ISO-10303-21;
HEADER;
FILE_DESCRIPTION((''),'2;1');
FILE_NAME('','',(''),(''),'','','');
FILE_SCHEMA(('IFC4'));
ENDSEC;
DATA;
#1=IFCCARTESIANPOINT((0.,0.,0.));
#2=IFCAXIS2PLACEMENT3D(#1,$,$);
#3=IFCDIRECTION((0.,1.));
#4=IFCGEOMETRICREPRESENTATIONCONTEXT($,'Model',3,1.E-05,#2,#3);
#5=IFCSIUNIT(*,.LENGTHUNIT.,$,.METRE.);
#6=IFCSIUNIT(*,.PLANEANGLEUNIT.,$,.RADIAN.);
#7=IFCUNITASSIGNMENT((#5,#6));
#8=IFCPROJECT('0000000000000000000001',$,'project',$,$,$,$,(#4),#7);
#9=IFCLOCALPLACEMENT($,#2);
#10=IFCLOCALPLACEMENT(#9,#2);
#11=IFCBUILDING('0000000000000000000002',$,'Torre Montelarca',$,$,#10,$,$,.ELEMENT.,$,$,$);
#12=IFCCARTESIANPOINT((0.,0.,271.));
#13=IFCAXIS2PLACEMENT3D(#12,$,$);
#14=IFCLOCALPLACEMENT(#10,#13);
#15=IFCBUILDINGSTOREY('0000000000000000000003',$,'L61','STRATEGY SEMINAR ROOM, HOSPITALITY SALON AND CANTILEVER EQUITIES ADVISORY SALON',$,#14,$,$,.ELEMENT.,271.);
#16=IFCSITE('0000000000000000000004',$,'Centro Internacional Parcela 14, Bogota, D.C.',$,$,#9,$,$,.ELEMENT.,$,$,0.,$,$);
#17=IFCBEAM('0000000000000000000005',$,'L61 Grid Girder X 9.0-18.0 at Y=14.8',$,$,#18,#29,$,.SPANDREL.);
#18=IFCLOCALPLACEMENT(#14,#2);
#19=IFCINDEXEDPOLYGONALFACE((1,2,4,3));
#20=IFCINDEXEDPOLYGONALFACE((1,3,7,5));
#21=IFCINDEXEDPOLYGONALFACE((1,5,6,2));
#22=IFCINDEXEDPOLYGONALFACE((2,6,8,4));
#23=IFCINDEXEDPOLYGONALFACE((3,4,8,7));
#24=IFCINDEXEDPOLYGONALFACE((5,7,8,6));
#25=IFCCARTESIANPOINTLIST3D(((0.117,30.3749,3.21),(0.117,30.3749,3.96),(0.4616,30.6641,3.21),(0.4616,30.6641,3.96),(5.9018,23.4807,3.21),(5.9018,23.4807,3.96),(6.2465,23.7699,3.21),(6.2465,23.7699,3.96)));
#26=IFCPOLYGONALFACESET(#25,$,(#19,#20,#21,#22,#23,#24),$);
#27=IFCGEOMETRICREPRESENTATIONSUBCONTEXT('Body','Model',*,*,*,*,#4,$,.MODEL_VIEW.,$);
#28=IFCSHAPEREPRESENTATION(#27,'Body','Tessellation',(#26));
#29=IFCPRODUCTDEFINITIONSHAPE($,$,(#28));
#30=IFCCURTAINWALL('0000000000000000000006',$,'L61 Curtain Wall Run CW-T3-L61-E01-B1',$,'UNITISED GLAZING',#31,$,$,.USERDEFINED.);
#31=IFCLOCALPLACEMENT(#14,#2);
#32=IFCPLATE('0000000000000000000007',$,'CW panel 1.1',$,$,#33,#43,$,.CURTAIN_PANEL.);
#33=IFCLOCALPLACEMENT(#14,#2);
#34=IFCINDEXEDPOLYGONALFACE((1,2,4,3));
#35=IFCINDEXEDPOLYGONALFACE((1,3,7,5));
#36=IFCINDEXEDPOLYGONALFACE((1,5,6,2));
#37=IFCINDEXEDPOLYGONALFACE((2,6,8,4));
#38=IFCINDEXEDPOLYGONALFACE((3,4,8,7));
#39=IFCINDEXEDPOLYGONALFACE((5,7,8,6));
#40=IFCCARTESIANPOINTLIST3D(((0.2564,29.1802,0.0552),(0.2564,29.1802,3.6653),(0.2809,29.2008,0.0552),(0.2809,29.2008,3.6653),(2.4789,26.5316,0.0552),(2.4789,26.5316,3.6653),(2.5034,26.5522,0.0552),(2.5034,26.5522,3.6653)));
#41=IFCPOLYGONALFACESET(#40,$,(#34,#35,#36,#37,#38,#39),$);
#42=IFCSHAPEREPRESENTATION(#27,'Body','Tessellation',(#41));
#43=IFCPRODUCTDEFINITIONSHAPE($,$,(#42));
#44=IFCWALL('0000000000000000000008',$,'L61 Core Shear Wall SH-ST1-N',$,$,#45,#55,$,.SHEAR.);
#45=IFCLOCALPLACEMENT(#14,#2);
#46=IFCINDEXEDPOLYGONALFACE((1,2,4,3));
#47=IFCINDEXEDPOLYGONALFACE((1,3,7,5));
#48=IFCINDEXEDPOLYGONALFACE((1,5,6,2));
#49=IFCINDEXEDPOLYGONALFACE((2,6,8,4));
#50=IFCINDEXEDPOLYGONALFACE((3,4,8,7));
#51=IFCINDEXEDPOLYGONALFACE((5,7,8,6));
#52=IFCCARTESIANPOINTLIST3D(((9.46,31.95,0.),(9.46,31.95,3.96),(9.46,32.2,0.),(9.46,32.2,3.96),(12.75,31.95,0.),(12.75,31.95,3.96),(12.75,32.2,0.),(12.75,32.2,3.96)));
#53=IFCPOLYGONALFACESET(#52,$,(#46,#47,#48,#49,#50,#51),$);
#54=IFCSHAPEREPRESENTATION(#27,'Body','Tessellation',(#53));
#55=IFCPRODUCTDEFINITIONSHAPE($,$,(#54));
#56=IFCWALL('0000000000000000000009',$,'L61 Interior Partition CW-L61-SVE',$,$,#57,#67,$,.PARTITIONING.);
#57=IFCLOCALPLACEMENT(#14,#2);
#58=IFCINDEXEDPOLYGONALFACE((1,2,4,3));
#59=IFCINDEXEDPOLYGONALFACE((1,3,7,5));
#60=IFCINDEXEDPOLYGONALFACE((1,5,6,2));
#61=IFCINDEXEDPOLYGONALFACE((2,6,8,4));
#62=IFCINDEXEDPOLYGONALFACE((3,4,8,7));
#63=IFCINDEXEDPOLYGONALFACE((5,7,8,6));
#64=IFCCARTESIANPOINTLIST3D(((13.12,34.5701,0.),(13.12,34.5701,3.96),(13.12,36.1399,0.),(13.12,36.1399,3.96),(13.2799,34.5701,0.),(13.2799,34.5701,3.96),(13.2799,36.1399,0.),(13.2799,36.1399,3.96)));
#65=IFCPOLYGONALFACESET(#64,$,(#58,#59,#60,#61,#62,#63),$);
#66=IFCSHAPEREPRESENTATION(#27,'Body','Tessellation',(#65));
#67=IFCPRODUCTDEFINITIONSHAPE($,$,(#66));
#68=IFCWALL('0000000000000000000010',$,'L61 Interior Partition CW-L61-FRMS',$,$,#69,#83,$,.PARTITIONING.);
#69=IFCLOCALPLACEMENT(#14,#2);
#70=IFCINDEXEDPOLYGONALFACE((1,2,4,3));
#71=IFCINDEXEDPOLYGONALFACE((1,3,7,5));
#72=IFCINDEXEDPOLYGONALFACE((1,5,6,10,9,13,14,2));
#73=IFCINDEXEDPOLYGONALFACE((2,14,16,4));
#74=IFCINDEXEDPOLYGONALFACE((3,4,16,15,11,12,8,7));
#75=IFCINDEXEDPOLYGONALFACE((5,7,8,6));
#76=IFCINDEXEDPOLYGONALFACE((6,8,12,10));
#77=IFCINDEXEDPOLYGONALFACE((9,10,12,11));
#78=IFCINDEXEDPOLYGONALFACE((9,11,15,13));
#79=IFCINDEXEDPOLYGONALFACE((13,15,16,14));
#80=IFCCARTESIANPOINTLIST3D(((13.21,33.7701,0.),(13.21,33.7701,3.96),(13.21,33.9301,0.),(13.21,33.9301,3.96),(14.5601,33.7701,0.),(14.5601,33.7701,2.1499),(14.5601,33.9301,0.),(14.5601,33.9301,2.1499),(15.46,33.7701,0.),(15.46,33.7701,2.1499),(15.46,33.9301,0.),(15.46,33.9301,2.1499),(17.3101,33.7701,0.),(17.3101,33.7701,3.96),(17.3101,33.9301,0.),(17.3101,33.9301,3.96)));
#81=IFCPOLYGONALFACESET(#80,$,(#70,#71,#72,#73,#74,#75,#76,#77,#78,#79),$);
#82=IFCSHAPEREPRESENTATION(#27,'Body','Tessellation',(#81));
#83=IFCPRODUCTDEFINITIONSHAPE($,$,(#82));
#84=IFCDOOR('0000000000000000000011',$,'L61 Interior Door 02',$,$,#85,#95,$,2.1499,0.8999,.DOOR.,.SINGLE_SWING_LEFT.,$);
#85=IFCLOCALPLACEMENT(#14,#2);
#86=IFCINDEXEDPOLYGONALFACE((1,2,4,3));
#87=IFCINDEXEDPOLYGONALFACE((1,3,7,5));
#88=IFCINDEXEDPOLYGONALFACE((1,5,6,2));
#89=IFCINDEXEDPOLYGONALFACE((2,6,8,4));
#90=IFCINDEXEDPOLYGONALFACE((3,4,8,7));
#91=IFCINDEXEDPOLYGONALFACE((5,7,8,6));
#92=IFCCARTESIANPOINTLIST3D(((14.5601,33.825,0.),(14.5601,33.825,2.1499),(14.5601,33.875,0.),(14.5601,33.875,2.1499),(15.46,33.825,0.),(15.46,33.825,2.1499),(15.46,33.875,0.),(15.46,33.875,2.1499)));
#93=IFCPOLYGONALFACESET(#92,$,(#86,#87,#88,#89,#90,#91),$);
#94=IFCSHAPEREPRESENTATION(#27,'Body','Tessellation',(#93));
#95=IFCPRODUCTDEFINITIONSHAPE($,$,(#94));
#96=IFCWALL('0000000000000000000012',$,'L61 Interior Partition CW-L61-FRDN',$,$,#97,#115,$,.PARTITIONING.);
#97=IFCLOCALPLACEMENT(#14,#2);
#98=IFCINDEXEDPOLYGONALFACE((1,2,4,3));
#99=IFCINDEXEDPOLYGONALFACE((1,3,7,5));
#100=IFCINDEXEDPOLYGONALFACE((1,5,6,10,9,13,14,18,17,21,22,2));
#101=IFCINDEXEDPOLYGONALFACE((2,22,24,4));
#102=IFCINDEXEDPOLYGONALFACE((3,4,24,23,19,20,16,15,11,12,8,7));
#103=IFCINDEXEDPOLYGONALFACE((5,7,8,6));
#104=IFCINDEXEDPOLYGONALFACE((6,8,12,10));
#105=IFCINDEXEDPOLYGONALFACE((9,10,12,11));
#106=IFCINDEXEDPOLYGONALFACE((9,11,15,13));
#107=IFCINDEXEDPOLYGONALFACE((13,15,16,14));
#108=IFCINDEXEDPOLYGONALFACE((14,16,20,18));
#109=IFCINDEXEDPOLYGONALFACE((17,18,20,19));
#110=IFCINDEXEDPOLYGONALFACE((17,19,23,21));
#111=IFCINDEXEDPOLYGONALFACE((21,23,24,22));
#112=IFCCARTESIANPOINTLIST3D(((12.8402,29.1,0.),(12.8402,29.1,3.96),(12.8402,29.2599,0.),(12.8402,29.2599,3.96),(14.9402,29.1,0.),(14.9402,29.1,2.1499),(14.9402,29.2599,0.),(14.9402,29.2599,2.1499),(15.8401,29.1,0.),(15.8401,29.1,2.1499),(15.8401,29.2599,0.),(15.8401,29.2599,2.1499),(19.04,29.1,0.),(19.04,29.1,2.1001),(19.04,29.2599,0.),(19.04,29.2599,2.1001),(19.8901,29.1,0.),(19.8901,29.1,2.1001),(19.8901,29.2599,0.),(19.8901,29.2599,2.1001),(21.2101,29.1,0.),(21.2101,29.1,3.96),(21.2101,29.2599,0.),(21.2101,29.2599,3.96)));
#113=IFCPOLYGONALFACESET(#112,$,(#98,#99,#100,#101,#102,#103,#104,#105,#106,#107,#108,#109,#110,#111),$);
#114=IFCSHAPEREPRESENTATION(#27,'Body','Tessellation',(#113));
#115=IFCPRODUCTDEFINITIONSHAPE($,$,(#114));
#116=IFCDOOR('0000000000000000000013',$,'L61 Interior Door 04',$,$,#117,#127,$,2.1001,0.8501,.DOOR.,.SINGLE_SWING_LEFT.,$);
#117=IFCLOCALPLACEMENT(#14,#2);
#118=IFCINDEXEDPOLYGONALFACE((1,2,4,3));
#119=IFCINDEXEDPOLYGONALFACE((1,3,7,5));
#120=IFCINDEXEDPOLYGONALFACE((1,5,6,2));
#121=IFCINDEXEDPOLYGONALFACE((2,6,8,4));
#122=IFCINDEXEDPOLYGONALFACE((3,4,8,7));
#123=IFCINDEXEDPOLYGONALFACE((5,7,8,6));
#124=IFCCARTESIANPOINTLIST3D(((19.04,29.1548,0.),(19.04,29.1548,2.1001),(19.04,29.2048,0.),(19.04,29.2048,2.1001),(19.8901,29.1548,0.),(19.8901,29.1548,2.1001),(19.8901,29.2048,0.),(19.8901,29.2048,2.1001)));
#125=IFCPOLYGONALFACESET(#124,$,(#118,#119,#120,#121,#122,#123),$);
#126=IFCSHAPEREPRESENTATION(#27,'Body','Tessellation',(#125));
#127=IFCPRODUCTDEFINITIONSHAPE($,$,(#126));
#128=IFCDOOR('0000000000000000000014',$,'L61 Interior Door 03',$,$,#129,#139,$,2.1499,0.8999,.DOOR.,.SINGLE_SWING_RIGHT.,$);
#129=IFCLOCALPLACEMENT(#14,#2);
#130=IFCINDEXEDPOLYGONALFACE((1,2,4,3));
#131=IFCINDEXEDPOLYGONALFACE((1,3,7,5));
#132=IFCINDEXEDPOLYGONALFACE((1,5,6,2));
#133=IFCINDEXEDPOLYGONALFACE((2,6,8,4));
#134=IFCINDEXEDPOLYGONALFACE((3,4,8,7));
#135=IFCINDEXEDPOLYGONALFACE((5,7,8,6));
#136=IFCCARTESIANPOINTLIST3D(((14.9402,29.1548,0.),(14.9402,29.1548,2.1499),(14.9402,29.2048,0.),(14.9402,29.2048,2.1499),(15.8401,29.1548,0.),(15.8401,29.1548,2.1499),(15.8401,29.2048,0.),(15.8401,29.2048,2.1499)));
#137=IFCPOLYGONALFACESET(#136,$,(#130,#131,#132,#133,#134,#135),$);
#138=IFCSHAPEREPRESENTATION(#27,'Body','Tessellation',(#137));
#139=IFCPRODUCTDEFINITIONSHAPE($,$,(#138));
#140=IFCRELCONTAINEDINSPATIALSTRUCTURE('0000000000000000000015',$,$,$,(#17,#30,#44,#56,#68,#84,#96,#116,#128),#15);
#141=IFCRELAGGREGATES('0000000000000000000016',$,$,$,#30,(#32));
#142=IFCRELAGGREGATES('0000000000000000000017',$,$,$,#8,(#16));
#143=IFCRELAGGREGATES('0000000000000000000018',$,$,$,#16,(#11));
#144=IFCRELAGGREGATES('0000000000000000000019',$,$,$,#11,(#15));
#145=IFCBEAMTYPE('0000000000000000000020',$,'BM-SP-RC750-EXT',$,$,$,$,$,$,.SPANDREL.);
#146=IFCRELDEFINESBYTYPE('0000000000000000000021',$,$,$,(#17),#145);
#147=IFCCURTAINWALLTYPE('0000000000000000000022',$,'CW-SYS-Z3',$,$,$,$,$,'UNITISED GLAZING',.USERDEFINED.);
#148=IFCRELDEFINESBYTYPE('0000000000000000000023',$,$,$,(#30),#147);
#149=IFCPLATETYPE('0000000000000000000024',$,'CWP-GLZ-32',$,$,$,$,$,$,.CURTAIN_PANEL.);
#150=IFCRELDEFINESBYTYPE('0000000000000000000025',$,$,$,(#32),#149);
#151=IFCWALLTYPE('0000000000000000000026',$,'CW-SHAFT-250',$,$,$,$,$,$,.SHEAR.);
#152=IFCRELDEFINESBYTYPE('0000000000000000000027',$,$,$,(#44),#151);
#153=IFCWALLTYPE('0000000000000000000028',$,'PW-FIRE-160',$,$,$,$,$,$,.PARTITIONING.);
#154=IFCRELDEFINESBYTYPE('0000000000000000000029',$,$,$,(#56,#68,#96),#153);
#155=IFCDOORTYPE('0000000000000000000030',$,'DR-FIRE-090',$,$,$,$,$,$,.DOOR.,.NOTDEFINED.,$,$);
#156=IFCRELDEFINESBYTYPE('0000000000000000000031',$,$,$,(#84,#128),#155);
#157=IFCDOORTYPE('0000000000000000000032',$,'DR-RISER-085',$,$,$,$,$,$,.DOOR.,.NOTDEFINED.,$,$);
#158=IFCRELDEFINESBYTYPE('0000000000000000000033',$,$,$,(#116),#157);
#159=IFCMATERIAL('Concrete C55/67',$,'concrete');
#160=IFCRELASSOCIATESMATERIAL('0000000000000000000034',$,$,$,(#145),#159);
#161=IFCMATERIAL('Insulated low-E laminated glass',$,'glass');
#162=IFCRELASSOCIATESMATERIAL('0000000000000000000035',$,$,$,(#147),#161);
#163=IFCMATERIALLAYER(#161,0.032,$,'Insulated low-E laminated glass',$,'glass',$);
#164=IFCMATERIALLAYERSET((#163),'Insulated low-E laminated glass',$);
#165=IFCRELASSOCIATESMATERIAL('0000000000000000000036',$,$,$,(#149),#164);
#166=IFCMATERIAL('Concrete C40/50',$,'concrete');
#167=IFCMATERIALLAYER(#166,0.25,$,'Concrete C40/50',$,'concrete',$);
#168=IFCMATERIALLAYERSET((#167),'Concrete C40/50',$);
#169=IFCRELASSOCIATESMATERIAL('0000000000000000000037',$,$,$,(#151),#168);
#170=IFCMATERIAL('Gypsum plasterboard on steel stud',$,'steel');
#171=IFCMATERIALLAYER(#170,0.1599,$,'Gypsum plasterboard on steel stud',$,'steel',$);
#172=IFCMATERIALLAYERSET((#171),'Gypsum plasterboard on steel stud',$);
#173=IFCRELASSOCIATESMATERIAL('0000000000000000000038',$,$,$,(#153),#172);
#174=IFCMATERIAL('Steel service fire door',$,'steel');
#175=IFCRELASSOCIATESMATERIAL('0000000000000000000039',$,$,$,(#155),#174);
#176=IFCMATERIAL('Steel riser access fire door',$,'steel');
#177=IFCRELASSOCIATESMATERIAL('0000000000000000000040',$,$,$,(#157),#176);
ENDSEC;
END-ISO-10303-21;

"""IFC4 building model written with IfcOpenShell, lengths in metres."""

from ifc_helpers import new_model, si_unit, direction, frame, frame_2d, origin, origin_2d, place, context, subcontext, project, spatial, rectangle, extrude, source, transform, mapped, material, layer, layer_set, material_profile, profile_set, type_object, element, fill, aggregate, save


model = new_model("IFC4")

# Units and contexts
model_context = context("Model", 3, precision=1e-05, world=origin(), true_north=direction((0.0, 1.0)))
body_context = subcontext(model_context, "Body", "Model", "MODEL_VIEW")
ifc_project = project(units=[si_unit("LENGTHUNIT", "METRE"), si_unit("PLANEANGLEUNIT", "RADIAN")], contexts=[model_context])

# Site, building, storey
site_placement = place(None, origin())
site = spatial("IfcSite", under=ifc_project, at=site_placement, Name="Centro Internacional Parcela 14, Bogota, D.C.", CompositionType="ELEMENT", RefElevation=0.0)
building_placement = place(site_placement, origin())
building = spatial("IfcBuilding", under=site, at=building_placement, Name="Torre Montelarca", CompositionType="ELEMENT")
storey_placement = place(building_placement, frame((0.0, 0.0, 271.0)))
storey = spatial("IfcBuildingStorey", under=building, at=storey_placement, Name="L61", Description="STRATEGY SEMINAR ROOM, HOSPITALITY SALON AND CANTILEVER EQUITIES ADVISORY SALON", CompositionType="ELEMENT", Elevation=271.0)

# Beam
ifc_material_1 = material(Name="Concrete C55/67", Category="concrete")
ifc_material_profile = material_profile(ifc_material_1, rectangle(XDim=0.45, YDim=0.75, at=origin_2d()), Name="RCB450X750", Category="concrete")
ifc_profile_set = profile_set([ifc_material_profile], Name="Concrete C55/67")
beam_type = type_object("IfcBeamType", Name="BM-SP-RC750-EXT", PredefinedType="SPANDREL", material=ifc_profile_set)
shared_shape_1 = source(origin(), body_context, "Body", "SweptSolid", [
    extrude(rectangle(XDim=0.45, YDim=0.75, at=origin_2d()), origin(), (0.0, 0.0, 1.0), 8.9998),
])
beam_placement = place(storey_placement, frame((0.2893, 30.5195, 3.585), z_axis=(0.642782, -0.766049, 0.0), x_axis=(0.766049, 0.642782, 0.0)))
element("IfcBeam", 1, at=beam_placement, inside=storey, type_object=beam_type, Name="L61 Grid Girder X 9.0-18.0 at Y=14.8", PredefinedType="SPANDREL", context=body_context, shape_type="MappedRepresentation", body=[
    mapped(shared_shape_1, transform((0.0, 0.0, 0.0), scale=1.0)),
])

# Curtain wall, plate
ifc_material_2 = material(Name="Insulated low-E laminated glass", Category="glass")
curtain_wall_type = type_object("IfcCurtainWallType", Name="CW-SYS-Z3", ElementType="UNITISED GLAZING", PredefinedType="USERDEFINED", material=ifc_material_2)
curtain_wall_placement = place(storey_placement, origin())
curtain_wall = element("IfcCurtainWall", 2, at=curtain_wall_placement, inside=storey, type_object=curtain_wall_type, Name="L61 Curtain Wall Run CW-T3-L61-E01-B1", ObjectType="UNITISED GLAZING", PredefinedType="USERDEFINED")
ifc_layer_1 = layer(ifc_material_2, 0.032, Name="Insulated low-E laminated glass", Category="glass")
ifc_layer_set_1 = layer_set([ifc_layer_1], Name="Insulated low-E laminated glass")
plate_type = type_object("IfcPlateType", Name="CWP-GLZ-32", PredefinedType="CURTAIN_PANEL", material=ifc_layer_set_1)
shared_shape_2 = source(origin(), body_context, "Body", "SweptSolid", [
    extrude(rectangle(XDim=3.4575, YDim=0.032, at=origin_2d()), origin(), (0.0, 0.0, 1.0), 3.6101),
])
plate_placement = place(storey_placement, frame((1.3799, 27.8662, 0.0552), z_axis=(0.0, 0.0, 1.0), x_axis=(0.642791, -0.766041, 0.0)))
plate = element("IfcPlate", 3, at=plate_placement, type_object=plate_type, Name="CW panel 1.1", PredefinedType="CURTAIN_PANEL", context=body_context, shape_type="MappedRepresentation", body=[
    mapped(shared_shape_2, transform((0.0, 0.0, 0.0), scale=1.0)),
])
aggregate(curtain_wall, [plate])

# Wall
ifc_material_3 = material(Name="Concrete C40/50", Category="concrete")
ifc_layer_2 = layer(ifc_material_3, 0.25, Name="Concrete C40/50", Category="concrete")
ifc_layer_set_2 = layer_set([ifc_layer_2], Name="Concrete C40/50")
wall_type_1 = type_object("IfcWallType", Name="CW-SHAFT-250", PredefinedType="SHEAR", material=ifc_layer_set_2)
wall_1_placement = place(storey_placement, frame((9.46, 32.075, 0.0), z_axis=(0.0, 0.0, 1.0), x_axis=(1.0, 0.0, 0.0)))
element("IfcWall", 4, at=wall_1_placement, inside=storey, type_object=wall_type_1, Name="L61 Core Shear Wall SH-ST1-N", PredefinedType="SHEAR", context=body_context, shape_type="SweptSolid", body=[
    extrude(rectangle(XDim=3.29, YDim=0.25, at=frame_2d((1.645, 0.0))), origin(), (0.0, 0.0, 1.0), 3.96),
])

# Shared definitions
ifc_material_4 = material(Name="Gypsum plasterboard on steel stud", Category="steel")
ifc_layer_3 = layer(ifc_material_4, 0.1599, Name="Gypsum plasterboard on steel stud", Category="steel")
ifc_layer_set_3 = layer_set([ifc_layer_3], Name="Gypsum plasterboard on steel stud")
wall_type_2 = type_object("IfcWallType", Name="PW-FIRE-160", PredefinedType="PARTITIONING", material=ifc_layer_set_3)
ifc_material_5 = material(Name="Steel service fire door", Category="steel")
door_type_1 = type_object("IfcDoorType", Name="DR-FIRE-090", OperationType="NOTDEFINED", PredefinedType="DOOR", material=ifc_material_5)
shared_shape_3 = source(origin(), body_context, "Body", "SweptSolid", [
    extrude(rectangle(XDim=0.8999, YDim=2.1499, at=frame_2d((0.45, 1.075))), frame((0.0, 0.0249, 0.0), z_axis=(0.0, -1.0, 0.0), x_axis=(1.0, 0.0, 0.0)), (0.0, 0.0, 1.0), 0.05),
])

# Wall
wall_2_placement = place(storey_placement, frame((13.2, 34.5701, 0.0), z_axis=(0.0, 0.0, 1.0), x_axis=(0.0, 1.0, 0.0)))
element("IfcWall", 5, at=wall_2_placement, inside=storey, type_object=wall_type_2, Name="L61 Interior Partition CW-L61-SVE", PredefinedType="PARTITIONING", context=body_context, shape_type="SweptSolid", body=[
    extrude(rectangle(XDim=1.5698, YDim=0.1599, at=frame_2d((0.7849, 0.0))), origin(), (0.0, 0.0, 1.0), 3.96),
])

# Wall, opening, door
wall_3_placement = place(storey_placement, frame((13.21, 33.8501, 0.0), z_axis=(0.0, 0.0, 1.0), x_axis=(1.0, 0.0, 0.0)))
wall_3 = element("IfcWall", 6, at=wall_3_placement, inside=storey, type_object=wall_type_2, Name="L61 Interior Partition CW-L61-FRMS", PredefinedType="PARTITIONING", context=body_context, shape_type="SweptSolid", body=[
    extrude(rectangle(XDim=4.1001, YDim=0.1599, at=frame_2d((2.05, 0.0))), origin(), (0.0, 0.0, 1.0), 3.96),
])
opening_1_placement = place(wall_3_placement, frame((1.3501, 0.0, 0.0)))
opening_1 = element("IfcOpeningElement", 7, at=opening_1_placement, cuts=wall_3, PredefinedType="OPENING", context=body_context, shape_type="SweptSolid", body=[
    extrude(rectangle(XDim=0.8999, YDim=2.1499, at=frame_2d((0.45, 1.075))), frame((0.0, 0.0898, 0.0), z_axis=(0.0, -1.0, 0.0), x_axis=(1.0, 0.0, 0.0)), (0.0, 0.0, 1.0), 0.1799),
])
door_1_placement = place(opening_1_placement, origin())
door_1 = element("IfcDoor", 8, at=door_1_placement, inside=storey, type_object=door_type_1, Name="L61 Interior Door 02", OperationType="SINGLE_SWING_LEFT", OverallHeight=2.1499, OverallWidth=0.8999, PredefinedType="DOOR", context=body_context, shape_type="MappedRepresentation", body=[
    mapped(shared_shape_3, transform((0.0, 0.0, 0.0), scale=1.0)),
])
fill(opening_1, door_1)

# Wall, openings, doors
wall_4_placement = place(storey_placement, frame((12.8401, 29.1799, 0.0), z_axis=(0.0, 0.0, 1.0), x_axis=(1.0, 0.0, 0.0)))
wall_4 = element("IfcWall", 9, at=wall_4_placement, inside=storey, type_object=wall_type_2, Name="L61 Interior Partition CW-L61-FRDN", PredefinedType="PARTITIONING", context=body_context, shape_type="SweptSolid", body=[
    extrude(rectangle(XDim=8.3699, YDim=0.1599, at=frame_2d((4.1851, 0.0))), origin(), (0.0, 0.0, 1.0), 3.96),
])
opening_2_placement = place(wall_4_placement, frame((2.1001, 0.0, 0.0)))
opening_2 = element("IfcOpeningElement", 10, at=opening_2_placement, cuts=wall_4, PredefinedType="OPENING", context=body_context, shape_type="SweptSolid", body=[
    extrude(rectangle(XDim=0.8999, YDim=2.1499, at=frame_2d((0.45, 1.075))), frame((0.0, 0.0898, 0.0), z_axis=(0.0, -1.0, 0.0), x_axis=(1.0, 0.0, 0.0)), (0.0, 0.0, 1.0), 0.1799),
])
opening_3_placement = place(wall_4_placement, frame((6.2, 0.0, 0.0)))
opening_3 = element("IfcOpeningElement", 11, at=opening_3_placement, cuts=wall_4, PredefinedType="OPENING", context=body_context, shape_type="SweptSolid", body=[
    extrude(rectangle(XDim=0.8501, YDim=2.1001, at=frame_2d((0.425, 1.05))), frame((0.0, 0.0898, 0.0), z_axis=(0.0, -1.0, 0.0), x_axis=(1.0, 0.0, 0.0)), (0.0, 0.0, 1.0), 0.1799),
])
ifc_material_6 = material(Name="Steel riser access fire door", Category="steel")
door_type_2 = type_object("IfcDoorType", Name="DR-RISER-085", OperationType="NOTDEFINED", PredefinedType="DOOR", material=ifc_material_6)
shared_shape_4 = source(origin(), body_context, "Body", "SweptSolid", [
    extrude(rectangle(XDim=0.8501, YDim=2.1001, at=frame_2d((0.425, 1.05))), frame((0.0, 0.0249, 0.0), z_axis=(0.0, -1.0, 0.0), x_axis=(1.0, 0.0, 0.0)), (0.0, 0.0, 1.0), 0.05),
])
door_2_placement = place(opening_3_placement, origin())
door_2 = element("IfcDoor", 12, at=door_2_placement, inside=storey, type_object=door_type_2, Name="L61 Interior Door 04", OperationType="SINGLE_SWING_LEFT", OverallHeight=2.1001, OverallWidth=0.8501, PredefinedType="DOOR", context=body_context, shape_type="MappedRepresentation", body=[
    mapped(shared_shape_4, transform((0.0, 0.0, 0.0), scale=1.0)),
])
fill(opening_3, door_2)
door_3_placement = place(opening_2_placement, origin())
door_3 = element("IfcDoor", 13, at=door_3_placement, inside=storey, type_object=door_type_1, Name="L61 Interior Door 03", OperationType="SINGLE_SWING_RIGHT", OverallHeight=2.1499, OverallWidth=0.8999, PredefinedType="DOOR", context=body_context, shape_type="MappedRepresentation", body=[
    mapped(shared_shape_3, transform((0.0, 0.0, 0.0), scale=1.0)),
])
fill(opening_2, door_3)

save(model, "model.ifc")
